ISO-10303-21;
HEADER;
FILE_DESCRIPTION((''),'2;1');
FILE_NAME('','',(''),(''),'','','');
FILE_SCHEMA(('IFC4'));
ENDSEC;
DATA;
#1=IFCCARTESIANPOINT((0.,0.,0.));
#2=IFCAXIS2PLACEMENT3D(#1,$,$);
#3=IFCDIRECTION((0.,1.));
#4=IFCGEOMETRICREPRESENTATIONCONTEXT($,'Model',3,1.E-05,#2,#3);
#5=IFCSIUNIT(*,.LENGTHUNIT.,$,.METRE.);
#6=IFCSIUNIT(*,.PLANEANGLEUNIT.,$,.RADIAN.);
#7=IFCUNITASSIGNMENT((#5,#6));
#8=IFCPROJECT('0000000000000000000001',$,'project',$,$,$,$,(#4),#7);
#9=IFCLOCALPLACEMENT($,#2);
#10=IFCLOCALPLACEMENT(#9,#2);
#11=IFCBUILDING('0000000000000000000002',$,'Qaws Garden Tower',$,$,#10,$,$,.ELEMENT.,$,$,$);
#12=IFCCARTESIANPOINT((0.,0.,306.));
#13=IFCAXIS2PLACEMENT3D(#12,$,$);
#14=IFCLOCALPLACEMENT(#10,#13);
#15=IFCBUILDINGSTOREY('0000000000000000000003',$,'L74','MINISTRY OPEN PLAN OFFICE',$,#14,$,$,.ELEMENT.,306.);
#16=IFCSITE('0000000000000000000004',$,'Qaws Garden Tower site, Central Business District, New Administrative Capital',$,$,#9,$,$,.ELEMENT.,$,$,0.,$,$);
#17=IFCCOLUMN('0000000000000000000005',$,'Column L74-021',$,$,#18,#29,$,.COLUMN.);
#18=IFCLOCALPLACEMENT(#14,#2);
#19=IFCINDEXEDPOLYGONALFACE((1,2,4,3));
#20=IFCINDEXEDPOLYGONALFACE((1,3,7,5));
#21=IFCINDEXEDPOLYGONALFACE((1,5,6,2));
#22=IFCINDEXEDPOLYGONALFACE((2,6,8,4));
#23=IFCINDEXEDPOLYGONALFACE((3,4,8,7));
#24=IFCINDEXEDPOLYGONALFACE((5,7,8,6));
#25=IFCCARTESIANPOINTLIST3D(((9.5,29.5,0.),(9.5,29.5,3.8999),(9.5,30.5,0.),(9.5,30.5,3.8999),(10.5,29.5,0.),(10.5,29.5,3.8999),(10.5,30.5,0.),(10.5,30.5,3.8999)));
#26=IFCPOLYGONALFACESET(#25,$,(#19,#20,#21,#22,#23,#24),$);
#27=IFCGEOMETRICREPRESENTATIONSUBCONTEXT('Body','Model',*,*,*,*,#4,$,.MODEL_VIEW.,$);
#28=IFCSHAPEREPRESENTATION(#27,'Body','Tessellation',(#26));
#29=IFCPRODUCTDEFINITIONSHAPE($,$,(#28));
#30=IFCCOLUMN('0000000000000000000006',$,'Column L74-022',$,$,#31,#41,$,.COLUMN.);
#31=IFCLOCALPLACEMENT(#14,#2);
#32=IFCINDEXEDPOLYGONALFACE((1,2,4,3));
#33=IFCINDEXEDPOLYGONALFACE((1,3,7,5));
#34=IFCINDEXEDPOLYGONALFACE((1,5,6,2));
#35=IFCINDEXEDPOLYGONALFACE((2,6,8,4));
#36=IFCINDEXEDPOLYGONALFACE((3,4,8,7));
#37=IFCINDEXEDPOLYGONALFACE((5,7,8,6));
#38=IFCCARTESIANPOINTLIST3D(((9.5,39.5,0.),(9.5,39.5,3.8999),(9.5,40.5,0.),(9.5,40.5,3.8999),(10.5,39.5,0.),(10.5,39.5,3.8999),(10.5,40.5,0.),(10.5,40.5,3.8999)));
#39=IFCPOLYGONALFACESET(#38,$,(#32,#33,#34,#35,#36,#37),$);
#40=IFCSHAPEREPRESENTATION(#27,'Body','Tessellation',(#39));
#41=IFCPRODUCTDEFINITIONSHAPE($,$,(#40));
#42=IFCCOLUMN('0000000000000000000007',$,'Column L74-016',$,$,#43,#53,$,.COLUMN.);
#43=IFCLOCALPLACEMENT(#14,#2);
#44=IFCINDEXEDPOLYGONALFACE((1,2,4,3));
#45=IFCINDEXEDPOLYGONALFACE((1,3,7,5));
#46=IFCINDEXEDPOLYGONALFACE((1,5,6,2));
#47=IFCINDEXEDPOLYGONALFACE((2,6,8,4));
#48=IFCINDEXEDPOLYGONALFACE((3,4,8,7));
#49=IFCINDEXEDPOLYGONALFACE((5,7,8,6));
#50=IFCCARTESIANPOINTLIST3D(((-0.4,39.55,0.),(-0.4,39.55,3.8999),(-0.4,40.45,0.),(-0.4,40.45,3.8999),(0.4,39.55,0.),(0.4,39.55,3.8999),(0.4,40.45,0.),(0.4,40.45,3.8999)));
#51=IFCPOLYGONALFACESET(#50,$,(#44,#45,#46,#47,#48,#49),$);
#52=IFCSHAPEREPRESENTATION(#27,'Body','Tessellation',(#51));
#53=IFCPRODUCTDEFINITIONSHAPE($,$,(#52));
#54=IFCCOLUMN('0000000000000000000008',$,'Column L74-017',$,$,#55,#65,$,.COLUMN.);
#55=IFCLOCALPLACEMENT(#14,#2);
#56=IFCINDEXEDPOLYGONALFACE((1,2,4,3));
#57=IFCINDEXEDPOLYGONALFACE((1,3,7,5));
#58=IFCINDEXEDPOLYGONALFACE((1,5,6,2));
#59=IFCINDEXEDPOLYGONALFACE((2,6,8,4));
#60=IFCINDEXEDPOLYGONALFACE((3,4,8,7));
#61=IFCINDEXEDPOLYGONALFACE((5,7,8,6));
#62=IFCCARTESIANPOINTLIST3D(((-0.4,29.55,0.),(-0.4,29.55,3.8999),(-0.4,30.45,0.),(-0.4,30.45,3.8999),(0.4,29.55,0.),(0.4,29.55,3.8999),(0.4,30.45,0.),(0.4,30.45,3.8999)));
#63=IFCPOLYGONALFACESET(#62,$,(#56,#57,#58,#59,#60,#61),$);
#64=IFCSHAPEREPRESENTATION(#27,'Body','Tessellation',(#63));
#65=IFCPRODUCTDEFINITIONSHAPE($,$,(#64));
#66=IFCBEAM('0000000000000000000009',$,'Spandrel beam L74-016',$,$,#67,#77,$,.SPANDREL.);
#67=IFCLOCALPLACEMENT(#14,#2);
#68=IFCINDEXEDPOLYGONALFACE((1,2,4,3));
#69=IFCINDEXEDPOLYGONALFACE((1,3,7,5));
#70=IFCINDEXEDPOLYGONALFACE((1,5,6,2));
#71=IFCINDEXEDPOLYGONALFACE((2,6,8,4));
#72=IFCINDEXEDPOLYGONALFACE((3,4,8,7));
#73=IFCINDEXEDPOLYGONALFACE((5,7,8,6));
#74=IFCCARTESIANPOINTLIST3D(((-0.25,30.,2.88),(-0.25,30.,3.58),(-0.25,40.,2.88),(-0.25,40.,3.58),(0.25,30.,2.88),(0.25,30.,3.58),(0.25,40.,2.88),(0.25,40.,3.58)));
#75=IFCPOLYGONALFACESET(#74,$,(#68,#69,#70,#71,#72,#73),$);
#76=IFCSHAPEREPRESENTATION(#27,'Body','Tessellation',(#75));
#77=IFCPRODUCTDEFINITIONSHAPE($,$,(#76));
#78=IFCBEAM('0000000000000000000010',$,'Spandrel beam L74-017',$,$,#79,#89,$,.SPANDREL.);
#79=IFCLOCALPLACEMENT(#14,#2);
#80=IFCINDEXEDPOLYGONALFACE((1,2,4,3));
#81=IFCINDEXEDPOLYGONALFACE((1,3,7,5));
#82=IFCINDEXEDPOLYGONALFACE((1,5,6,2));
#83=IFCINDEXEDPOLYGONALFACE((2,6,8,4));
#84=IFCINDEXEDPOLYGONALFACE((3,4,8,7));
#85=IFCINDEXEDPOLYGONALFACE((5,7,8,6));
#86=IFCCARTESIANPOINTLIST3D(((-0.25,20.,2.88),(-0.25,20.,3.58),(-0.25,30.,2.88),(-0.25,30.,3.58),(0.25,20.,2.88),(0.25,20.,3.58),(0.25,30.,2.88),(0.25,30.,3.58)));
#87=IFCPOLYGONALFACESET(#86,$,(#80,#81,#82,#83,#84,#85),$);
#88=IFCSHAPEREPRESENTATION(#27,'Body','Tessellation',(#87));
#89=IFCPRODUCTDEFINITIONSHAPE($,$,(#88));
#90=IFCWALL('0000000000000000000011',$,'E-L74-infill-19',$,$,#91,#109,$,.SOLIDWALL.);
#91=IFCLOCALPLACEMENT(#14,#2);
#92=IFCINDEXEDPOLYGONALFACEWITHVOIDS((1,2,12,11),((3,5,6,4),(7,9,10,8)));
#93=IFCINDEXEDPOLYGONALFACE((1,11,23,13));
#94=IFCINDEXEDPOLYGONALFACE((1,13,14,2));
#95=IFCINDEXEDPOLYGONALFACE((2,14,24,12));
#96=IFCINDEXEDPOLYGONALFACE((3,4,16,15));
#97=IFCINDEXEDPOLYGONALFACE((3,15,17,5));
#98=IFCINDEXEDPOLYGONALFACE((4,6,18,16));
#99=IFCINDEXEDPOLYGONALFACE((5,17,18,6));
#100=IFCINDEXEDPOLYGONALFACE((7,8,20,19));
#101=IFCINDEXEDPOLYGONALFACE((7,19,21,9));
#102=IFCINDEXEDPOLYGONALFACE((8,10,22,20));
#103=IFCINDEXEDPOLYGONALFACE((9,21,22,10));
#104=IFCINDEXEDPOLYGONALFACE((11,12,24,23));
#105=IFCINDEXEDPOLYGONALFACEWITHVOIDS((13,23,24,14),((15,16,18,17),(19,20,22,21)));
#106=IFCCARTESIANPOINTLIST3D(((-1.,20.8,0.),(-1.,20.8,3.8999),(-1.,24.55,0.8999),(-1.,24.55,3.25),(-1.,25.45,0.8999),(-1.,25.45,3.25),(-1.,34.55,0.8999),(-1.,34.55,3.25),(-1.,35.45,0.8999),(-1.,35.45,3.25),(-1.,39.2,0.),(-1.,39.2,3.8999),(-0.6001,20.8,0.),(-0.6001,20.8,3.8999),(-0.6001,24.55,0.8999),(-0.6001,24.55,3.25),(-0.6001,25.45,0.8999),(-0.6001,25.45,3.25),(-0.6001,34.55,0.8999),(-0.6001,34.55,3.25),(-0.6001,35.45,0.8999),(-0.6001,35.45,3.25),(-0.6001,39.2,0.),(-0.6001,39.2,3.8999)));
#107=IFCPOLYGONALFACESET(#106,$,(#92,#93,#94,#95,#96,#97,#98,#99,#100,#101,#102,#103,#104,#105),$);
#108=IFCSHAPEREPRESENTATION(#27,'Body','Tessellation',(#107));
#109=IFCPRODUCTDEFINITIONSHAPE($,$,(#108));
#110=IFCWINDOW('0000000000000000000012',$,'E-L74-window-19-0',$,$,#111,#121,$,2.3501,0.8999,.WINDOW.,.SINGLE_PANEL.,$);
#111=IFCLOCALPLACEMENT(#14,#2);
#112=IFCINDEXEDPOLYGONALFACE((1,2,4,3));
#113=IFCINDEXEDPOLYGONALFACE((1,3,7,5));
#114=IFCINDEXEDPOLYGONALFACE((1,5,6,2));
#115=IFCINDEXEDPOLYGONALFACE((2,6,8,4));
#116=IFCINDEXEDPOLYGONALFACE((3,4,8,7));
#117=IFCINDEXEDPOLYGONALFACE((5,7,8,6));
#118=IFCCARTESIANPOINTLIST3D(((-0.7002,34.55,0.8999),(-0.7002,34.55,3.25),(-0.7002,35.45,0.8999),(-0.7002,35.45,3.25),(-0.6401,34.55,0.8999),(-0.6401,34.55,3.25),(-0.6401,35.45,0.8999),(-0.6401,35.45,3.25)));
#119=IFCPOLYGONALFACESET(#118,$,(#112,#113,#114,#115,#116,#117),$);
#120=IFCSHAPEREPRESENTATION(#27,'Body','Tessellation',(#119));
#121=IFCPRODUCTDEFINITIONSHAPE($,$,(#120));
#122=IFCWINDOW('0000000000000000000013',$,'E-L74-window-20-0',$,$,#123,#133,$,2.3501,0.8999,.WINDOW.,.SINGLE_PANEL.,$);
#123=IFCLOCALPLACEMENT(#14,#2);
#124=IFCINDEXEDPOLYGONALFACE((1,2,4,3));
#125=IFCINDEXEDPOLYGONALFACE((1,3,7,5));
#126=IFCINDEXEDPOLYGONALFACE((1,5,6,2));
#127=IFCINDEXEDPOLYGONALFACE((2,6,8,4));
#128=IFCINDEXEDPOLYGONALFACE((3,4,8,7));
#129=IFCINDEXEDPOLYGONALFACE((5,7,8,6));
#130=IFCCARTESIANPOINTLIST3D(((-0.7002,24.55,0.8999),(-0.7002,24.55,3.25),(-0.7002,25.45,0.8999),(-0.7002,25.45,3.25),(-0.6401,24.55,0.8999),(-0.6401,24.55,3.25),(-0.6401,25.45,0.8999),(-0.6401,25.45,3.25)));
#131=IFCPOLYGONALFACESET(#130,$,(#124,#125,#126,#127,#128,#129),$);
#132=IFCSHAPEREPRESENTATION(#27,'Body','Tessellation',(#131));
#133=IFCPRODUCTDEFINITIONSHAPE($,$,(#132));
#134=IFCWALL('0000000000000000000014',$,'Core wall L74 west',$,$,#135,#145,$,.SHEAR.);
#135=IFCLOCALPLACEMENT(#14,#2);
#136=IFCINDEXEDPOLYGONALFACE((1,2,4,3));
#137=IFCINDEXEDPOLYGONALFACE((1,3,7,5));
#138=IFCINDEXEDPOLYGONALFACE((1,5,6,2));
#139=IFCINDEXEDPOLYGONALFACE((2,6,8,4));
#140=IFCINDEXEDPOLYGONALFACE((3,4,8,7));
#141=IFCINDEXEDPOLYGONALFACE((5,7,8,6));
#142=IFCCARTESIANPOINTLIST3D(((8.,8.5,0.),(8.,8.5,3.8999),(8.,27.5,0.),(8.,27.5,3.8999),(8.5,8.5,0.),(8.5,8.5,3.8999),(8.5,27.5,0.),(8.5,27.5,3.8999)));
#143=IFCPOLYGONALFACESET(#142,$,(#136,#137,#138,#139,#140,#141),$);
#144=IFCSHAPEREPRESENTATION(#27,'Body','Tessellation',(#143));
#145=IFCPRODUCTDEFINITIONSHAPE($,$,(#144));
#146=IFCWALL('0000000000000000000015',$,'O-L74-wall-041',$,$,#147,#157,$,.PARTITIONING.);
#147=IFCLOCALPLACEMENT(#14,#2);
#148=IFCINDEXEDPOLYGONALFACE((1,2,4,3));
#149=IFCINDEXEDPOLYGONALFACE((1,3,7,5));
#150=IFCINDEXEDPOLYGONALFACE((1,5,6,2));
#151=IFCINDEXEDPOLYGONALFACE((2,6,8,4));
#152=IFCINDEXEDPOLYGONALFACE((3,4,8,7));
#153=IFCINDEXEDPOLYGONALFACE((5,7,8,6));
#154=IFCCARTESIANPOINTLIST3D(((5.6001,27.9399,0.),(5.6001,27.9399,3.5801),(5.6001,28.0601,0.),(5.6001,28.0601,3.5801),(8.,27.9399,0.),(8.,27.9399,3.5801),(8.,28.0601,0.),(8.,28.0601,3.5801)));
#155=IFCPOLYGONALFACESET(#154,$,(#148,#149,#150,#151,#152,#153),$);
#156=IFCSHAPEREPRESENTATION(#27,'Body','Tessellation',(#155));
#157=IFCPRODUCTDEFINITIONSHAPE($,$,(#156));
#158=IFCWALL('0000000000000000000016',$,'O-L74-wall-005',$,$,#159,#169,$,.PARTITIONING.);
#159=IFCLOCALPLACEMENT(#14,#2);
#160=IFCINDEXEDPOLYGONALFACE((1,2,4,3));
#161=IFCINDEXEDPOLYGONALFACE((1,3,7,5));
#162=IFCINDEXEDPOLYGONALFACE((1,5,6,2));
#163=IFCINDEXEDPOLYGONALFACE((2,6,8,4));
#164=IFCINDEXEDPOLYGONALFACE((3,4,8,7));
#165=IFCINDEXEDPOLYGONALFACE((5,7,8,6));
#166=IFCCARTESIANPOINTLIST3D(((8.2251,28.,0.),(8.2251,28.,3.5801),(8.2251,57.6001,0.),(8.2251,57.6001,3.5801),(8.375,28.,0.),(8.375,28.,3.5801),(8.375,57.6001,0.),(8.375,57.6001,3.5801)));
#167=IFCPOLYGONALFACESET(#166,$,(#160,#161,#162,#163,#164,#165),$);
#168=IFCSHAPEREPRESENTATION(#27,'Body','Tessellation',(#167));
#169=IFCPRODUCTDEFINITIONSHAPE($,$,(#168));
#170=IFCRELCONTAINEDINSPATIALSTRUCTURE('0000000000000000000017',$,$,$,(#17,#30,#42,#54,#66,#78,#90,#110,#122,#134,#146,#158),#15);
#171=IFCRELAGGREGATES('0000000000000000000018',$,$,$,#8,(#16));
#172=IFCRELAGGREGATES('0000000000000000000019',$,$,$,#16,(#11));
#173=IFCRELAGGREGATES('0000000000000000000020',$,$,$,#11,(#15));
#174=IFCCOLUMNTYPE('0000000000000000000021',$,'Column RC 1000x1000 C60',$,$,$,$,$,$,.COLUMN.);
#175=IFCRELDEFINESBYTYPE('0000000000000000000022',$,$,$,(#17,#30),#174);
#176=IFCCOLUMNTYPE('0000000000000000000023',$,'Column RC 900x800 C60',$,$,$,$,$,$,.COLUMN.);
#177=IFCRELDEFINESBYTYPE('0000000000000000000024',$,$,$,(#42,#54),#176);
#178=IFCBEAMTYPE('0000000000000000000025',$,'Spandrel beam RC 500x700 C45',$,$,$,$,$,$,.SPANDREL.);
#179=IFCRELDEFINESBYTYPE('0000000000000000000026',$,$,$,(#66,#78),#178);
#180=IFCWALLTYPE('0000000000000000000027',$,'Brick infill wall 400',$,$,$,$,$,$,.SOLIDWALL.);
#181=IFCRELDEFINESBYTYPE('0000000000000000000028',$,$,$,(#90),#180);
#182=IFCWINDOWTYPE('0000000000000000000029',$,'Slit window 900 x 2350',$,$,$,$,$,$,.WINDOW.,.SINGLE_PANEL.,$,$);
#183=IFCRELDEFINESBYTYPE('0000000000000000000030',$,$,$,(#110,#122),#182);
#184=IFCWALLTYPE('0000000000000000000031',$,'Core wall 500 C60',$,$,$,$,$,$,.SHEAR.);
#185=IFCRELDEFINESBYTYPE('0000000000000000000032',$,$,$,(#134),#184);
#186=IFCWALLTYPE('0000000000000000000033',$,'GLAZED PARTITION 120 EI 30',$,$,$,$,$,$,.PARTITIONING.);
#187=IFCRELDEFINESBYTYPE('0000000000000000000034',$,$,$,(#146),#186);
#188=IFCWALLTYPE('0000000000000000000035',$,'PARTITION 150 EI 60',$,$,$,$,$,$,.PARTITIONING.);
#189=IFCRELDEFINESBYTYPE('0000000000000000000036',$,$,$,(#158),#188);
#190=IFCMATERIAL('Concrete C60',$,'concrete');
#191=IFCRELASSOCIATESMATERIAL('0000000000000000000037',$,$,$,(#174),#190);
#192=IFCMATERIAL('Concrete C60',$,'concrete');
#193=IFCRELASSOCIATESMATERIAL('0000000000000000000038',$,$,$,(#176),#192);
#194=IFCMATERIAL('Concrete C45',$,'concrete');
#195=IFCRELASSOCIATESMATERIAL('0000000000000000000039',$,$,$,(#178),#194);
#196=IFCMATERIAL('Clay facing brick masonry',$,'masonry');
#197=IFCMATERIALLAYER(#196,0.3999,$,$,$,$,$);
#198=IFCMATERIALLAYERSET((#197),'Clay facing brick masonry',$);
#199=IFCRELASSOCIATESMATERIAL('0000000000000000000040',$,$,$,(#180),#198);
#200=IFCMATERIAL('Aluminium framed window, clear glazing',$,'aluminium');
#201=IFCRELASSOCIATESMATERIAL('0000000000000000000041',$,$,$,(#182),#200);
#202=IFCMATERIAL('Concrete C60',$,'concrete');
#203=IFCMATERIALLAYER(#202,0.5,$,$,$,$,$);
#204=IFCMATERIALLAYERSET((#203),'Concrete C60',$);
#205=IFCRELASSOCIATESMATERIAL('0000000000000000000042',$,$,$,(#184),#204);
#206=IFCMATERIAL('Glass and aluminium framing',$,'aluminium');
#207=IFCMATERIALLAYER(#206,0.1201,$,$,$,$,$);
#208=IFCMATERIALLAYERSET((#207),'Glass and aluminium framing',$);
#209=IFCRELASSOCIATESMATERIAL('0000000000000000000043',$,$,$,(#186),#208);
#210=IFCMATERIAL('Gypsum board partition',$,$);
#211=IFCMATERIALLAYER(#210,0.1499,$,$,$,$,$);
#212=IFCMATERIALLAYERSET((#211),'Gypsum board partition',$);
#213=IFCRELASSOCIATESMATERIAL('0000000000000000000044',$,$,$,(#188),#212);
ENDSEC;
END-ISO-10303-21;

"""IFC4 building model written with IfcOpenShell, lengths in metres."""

from ifc_helpers import new_model, si_unit, direction, frame, frame_2d, origin, origin_2d, place, context, subcontext, project, spatial, rectangle, extrude, material, layer, layer_set, material_profile, profile_set, type_object, element, fill, save


model = new_model("IFC4")

# Units and contexts
model_context = context("Model", 3, precision=1e-05, world=origin(), true_north=direction((0.0, 1.0)))
body_context = subcontext(model_context, "Body", "Model", "MODEL_VIEW")
ifc_project = project(units=[si_unit("LENGTHUNIT", "METRE"), si_unit("PLANEANGLEUNIT", "RADIAN")], contexts=[model_context])

# Site, building, storey
site_placement = place(None, origin())
site = spatial("IfcSite", under=ifc_project, at=site_placement, Name="Qaws Garden Tower site, Central Business District, New Administrative Capital", CompositionType="ELEMENT", RefElevation=0.0)
building_placement = place(site_placement, origin())
building = spatial("IfcBuilding", under=site, at=building_placement, Name="Qaws Garden Tower", CompositionType="ELEMENT")
storey_placement = place(building_placement, frame((0.0, 0.0, 306.0)))
storey = spatial("IfcBuildingStorey", under=building, at=storey_placement, Name="L74", Description="MINISTRY OPEN PLAN OFFICE", CompositionType="ELEMENT", Elevation=306.0)

# Columns
ifc_material_1 = material(Name="Concrete C60", Category="concrete")
ifc_material_profile_1 = material_profile(ifc_material_1, rectangle(XDim=1.0, YDim=1.0, at=origin_2d()), Name="RC 1000x1000")
ifc_profile_set_1 = profile_set([ifc_material_profile_1], Name="Concrete C60")
column_type_1 = type_object("IfcColumnType", Name="Column RC 1000x1000 C60", PredefinedType="COLUMN", material=ifc_profile_set_1)
for number, where, z_axis, x_axis, name in (
    (1, (10.0, 30.0, 0.0), (0.0, 0.0, 1.0), (1.0, 0.0, 0.0), "Column L74-021"),
    (2, (10.0, 40.0, 0.0), (0.0, 0.0, 1.0), (1.0, 0.0, 0.0), "Column L74-022"),
):
    element("IfcColumn", number, at=place(storey_placement, frame(where, z_axis=z_axis, x_axis=x_axis)), inside=storey, type_object=column_type_1, Name=name, PredefinedType="COLUMN", context=body_context, shape_type="SweptSolid", body=[
        extrude(rectangle(XDim=1.0, YDim=1.0, at=origin_2d()), origin(), (0.0, 0.0, 1.0), 3.8999),
    ])
ifc_material_2 = material(Name="Concrete C60", Category="concrete")
ifc_material_profile_2 = material_profile(ifc_material_2, rectangle(XDim=0.8999, YDim=0.8, at=origin_2d()), Name="RC 900x800")
ifc_profile_set_2 = profile_set([ifc_material_profile_2], Name="Concrete C60")
column_type_2 = type_object("IfcColumnType", Name="Column RC 900x800 C60", PredefinedType="COLUMN", material=ifc_profile_set_2)
for number, where, z_axis, x_axis, name in (
    (3, (0.0, 40.0, 0.0), (0.0, 0.0, 1.0), (0.0, 1.0, 0.0), "Column L74-016"),
    (4, (0.0, 30.0, 0.0), (0.0, 0.0, 1.0), (0.0, 1.0, 0.0), "Column L74-017"),
):
    element("IfcColumn", number, at=place(storey_placement, frame(where, z_axis=z_axis, x_axis=x_axis)), inside=storey, type_object=column_type_2, Name=name, PredefinedType="COLUMN", context=body_context, shape_type="SweptSolid", body=[
        extrude(rectangle(XDim=0.8999, YDim=0.8, at=origin_2d()), origin(), (0.0, 0.0, 1.0), 3.8999),
    ])

# Beams
ifc_material_3 = material(Name="Concrete C45", Category="concrete")
ifc_material_profile_3 = material_profile(ifc_material_3, rectangle(XDim=0.5, YDim=0.7, at=origin_2d()), Name="RC 500x700")
ifc_profile_set_3 = profile_set([ifc_material_profile_3], Name="Concrete C45")
beam_type = type_object("IfcBeamType", Name="Spandrel beam RC 500x700 C45", PredefinedType="SPANDREL", material=ifc_profile_set_3)
for number, where, z_axis, x_axis, name in (
    (5, (0.0, 40.0, 3.23), (0.0, -1.0, 0.0), (1.0, 0.0, 0.0), "Spandrel beam L74-016"),
    (6, (0.0, 30.0, 3.23), (0.0, -1.0, 0.0), (1.0, 0.0, 0.0), "Spandrel beam L74-017"),
):
    element("IfcBeam", number, at=place(storey_placement, frame(where, z_axis=z_axis, x_axis=x_axis)), inside=storey, type_object=beam_type, Name=name, PredefinedType="SPANDREL", context=body_context, shape_type="SweptSolid", body=[
        extrude(rectangle(XDim=0.5, YDim=0.7, at=origin_2d()), origin(), (0.0, 0.0, 1.0), 10.0),
    ])

# Wall, openings, windows
ifc_material_4 = material(Name="Clay facing brick masonry", Category="masonry")
ifc_layer_1 = layer(ifc_material_4, 0.3999)
ifc_layer_set_1 = layer_set([ifc_layer_1], Name="Clay facing brick masonry")
wall_type_1 = type_object("IfcWallType", Name="Brick infill wall 400", PredefinedType="SOLIDWALL", material=ifc_layer_set_1)
wall_1_placement = place(storey_placement, frame((-0.8, 39.2, 0.0), z_axis=(0.0, 0.0, 1.0), x_axis=(0.0, -1.0, 0.0)))
wall_1 = element("IfcWall", 7, at=wall_1_placement, inside=storey, type_object=wall_type_1, Name="E-L74-infill-19", PredefinedType="SOLIDWALL", context=body_context, shape_type="SweptSolid", body=[
    extrude(rectangle(XDim=18.3999, YDim=0.3999, at=frame_2d((9.2, 0.0))), origin(), (0.0, 0.0, 1.0), 3.8999),
])
opening_1_placement = place(wall_1_placement, frame((3.75, 0.0, 0.8999)))
opening_1 = element("IfcOpeningElement", 8, at=opening_1_placement, cuts=wall_1, PredefinedType="OPENING", context=body_context, shape_type="SweptSolid", body=[
    extrude(rectangle(XDim=0.8999, YDim=2.3501, at=frame_2d((0.45, 1.175))), frame((0.0, 0.21, 0.0), z_axis=(0.0, -1.0, 0.0), x_axis=(1.0, 0.0, 0.0)), (0.0, 0.0, 1.0), 0.4199),
])
opening_2_placement = place(wall_1_placement, frame((13.75, 0.0, 0.8999)))
opening_2 = element("IfcOpeningElement", 9, at=opening_2_placement, cuts=wall_1, PredefinedType="OPENING", context=body_context, shape_type="SweptSolid", body=[
    extrude(rectangle(XDim=0.8999, YDim=2.3501, at=frame_2d((0.45, 1.175))), frame((0.0, 0.21, 0.0), z_axis=(0.0, -1.0, 0.0), x_axis=(1.0, 0.0, 0.0)), (0.0, 0.0, 1.0), 0.4199),
])
ifc_material_5 = material(Name="Aluminium framed window, clear glazing", Category="aluminium")
window_type = type_object("IfcWindowType", Name="Slit window 900 x 2350", PartitioningType="SINGLE_PANEL", PredefinedType="WINDOW", material=ifc_material_5)
window_1_placement = place(opening_1_placement, origin())
window_1 = element("IfcWindow", 10, at=window_1_placement, inside=storey, type_object=window_type, Name="E-L74-window-19-0", OverallHeight=2.3501, OverallWidth=0.8999, PartitioningType="SINGLE_PANEL", PredefinedType="WINDOW", context=body_context, shape_type="SweptSolid", body=[
    extrude(rectangle(XDim=0.8999, YDim=2.3501, at=frame_2d((0.45, 1.175))), frame((0.0, 0.1599, 0.0), z_axis=(0.0, -1.0, 0.0), x_axis=(1.0, 0.0, 0.0)), (0.0, 0.0, 1.0), 0.0601),
])
fill(opening_1, window_1)
window_2_placement = place(opening_2_placement, origin())
window_2 = element("IfcWindow", 11, at=window_2_placement, inside=storey, type_object=window_type, Name="E-L74-window-20-0", OverallHeight=2.3501, OverallWidth=0.8999, PartitioningType="SINGLE_PANEL", PredefinedType="WINDOW", context=body_context, shape_type="SweptSolid", body=[
    extrude(rectangle(XDim=0.8999, YDim=2.3501, at=frame_2d((0.45, 1.175))), frame((0.0, 0.1599, 0.0), z_axis=(0.0, -1.0, 0.0), x_axis=(1.0, 0.0, 0.0)), (0.0, 0.0, 1.0), 0.0601),
])
fill(opening_2, window_2)

# Walls
ifc_material_6 = material(Name="Concrete C60", Category="concrete")
ifc_layer_2 = layer(ifc_material_6, 0.5)
ifc_layer_set_2 = layer_set([ifc_layer_2], Name="Concrete C60")
wall_type_2 = type_object("IfcWallType", Name="Core wall 500 C60", PredefinedType="SHEAR", material=ifc_layer_set_2)
wall_2_placement = place(storey_placement, frame((8.25, 27.5, 0.0), z_axis=(0.0, 0.0, 1.0), x_axis=(0.0, -1.0, 0.0)))
element("IfcWall", 12, at=wall_2_placement, inside=storey, type_object=wall_type_2, Name="Core wall L74 west", PredefinedType="SHEAR", context=body_context, shape_type="SweptSolid", body=[
    extrude(rectangle(XDim=19.0, YDim=0.5, at=frame_2d((9.5, 0.0))), origin(), (0.0, 0.0, 1.0), 3.8999),
])
ifc_material_7 = material(Name="Glass and aluminium framing", Category="aluminium")
ifc_layer_3 = layer(ifc_material_7, 0.1201)
ifc_layer_set_3 = layer_set([ifc_layer_3], Name="Glass and aluminium framing")
wall_type_3 = type_object("IfcWallType", Name="GLAZED PARTITION 120 EI 30", PredefinedType="PARTITIONING", material=ifc_layer_set_3)
wall_3_placement = place(storey_placement, frame((5.6001, 28.0, 0.0), z_axis=(0.0, 0.0, 1.0), x_axis=(1.0, 0.0, 0.0)))
element("IfcWall", 13, at=wall_3_placement, inside=storey, type_object=wall_type_3, Name="O-L74-wall-041", PredefinedType="PARTITIONING", context=body_context, shape_type="SweptSolid", body=[
    extrude(rectangle(XDim=2.3999, YDim=0.1201, at=frame_2d((1.2, 0.0))), origin(), (0.0, 0.0, 1.0), 3.5801),
])
ifc_material_8 = material(Name="Gypsum board partition")
ifc_layer_4 = layer(ifc_material_8, 0.1499)
ifc_layer_set_4 = layer_set([ifc_layer_4], Name="Gypsum board partition")
wall_type_4 = type_object("IfcWallType", Name="PARTITION 150 EI 60", PredefinedType="PARTITIONING", material=ifc_layer_set_4)
wall_4_placement = place(storey_placement, frame((8.3, 28.0, 0.0), z_axis=(0.0, 0.0, 1.0), x_axis=(0.0, 1.0, 0.0)))
element("IfcWall", 14, at=wall_4_placement, inside=storey, type_object=wall_type_4, Name="O-L74-wall-005", PredefinedType="PARTITIONING", context=body_context, shape_type="SweptSolid", body=[
    extrude(rectangle(XDim=29.6001, YDim=0.1499, at=frame_2d((14.8, 0.0))), origin(), (0.0, 0.0, 1.0), 3.5801),
])

save(model, "model.ifc")
